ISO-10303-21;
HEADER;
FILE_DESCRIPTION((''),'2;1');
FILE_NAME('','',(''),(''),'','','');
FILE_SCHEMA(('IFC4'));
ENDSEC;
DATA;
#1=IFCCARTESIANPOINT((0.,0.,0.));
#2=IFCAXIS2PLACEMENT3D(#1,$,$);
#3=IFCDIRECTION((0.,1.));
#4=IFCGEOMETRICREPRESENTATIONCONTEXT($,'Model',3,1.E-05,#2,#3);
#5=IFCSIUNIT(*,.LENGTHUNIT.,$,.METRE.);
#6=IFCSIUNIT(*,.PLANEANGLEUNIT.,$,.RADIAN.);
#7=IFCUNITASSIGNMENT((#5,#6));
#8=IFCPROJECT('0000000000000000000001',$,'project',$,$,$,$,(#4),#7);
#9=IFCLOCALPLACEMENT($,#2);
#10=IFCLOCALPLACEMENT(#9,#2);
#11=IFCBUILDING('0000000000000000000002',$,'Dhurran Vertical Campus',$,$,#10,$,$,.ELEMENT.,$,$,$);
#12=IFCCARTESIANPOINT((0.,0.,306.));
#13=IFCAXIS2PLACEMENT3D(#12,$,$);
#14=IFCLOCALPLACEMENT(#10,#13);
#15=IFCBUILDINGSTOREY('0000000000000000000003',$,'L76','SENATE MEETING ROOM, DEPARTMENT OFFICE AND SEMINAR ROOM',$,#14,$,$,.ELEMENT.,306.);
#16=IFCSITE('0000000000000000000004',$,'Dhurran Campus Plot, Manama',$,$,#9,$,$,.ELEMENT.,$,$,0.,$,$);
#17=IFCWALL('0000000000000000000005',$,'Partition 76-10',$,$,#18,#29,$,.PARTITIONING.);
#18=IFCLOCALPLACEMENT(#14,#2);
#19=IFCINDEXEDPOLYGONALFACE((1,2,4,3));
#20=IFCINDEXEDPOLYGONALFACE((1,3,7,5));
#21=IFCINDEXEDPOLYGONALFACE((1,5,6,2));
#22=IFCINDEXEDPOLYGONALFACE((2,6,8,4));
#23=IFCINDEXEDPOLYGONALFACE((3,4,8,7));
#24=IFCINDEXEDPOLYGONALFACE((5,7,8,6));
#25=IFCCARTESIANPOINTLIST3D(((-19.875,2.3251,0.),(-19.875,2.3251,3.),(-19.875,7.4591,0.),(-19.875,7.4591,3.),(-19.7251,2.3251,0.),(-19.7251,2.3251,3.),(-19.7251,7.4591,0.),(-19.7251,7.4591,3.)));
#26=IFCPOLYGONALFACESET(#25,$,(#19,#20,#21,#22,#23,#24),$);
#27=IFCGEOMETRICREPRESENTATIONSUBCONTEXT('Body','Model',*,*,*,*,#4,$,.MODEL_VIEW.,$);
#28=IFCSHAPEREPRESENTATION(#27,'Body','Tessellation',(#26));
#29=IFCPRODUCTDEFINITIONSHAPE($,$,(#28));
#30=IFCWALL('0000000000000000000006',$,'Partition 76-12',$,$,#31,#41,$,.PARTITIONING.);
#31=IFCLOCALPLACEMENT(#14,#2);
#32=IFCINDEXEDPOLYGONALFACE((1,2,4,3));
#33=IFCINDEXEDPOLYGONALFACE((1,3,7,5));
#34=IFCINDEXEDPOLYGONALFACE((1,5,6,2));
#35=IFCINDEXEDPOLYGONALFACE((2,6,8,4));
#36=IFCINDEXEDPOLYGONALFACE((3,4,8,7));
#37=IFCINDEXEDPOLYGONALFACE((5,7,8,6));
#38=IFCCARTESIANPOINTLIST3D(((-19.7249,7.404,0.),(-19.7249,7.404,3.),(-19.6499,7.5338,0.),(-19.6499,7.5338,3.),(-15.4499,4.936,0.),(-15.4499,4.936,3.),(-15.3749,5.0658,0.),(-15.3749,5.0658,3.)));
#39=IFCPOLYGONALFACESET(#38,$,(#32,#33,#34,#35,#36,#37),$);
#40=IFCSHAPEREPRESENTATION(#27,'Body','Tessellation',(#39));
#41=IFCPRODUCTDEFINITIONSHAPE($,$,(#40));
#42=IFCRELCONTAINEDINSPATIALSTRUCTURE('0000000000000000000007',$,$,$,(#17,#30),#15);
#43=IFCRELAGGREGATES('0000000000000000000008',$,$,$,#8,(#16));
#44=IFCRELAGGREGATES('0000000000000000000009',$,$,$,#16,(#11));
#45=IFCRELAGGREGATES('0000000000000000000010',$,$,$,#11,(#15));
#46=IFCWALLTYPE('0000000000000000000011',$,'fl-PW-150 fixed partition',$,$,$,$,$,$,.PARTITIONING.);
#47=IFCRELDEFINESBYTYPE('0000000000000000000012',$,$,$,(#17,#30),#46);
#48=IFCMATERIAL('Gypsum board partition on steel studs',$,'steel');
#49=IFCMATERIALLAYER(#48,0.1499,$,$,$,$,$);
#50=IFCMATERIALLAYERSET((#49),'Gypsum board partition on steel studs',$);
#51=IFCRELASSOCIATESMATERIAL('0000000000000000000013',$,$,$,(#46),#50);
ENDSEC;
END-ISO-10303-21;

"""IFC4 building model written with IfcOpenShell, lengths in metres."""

from ifc_helpers import new_model, si_unit, direction, frame, frame_2d, origin, place, context, subcontext, project, spatial, rectangle, extrude, material, layer, layer_set, type_object, element, save


model = new_model("IFC4")

# Units and contexts
model_context = context("Model", 3, precision=1e-05, world=origin(), true_north=direction((0.0, 1.0)))
body_context = subcontext(model_context, "Body", "Model", "MODEL_VIEW")
ifc_project = project(units=[si_unit("LENGTHUNIT", "METRE"), si_unit("PLANEANGLEUNIT", "RADIAN")], contexts=[model_context])

# Site, building, storey
site_placement = place(None, origin())
site = spatial("IfcSite", under=ifc_project, at=site_placement, Name="Dhurran Campus Plot, Manama", CompositionType="ELEMENT", RefElevation=0.0)
building_placement = place(site_placement, origin())
building = spatial("IfcBuilding", under=site, at=building_placement, Name="Dhurran Vertical Campus", CompositionType="ELEMENT")
storey_placement = place(building_placement, frame((0.0, 0.0, 306.0)))
storey = spatial("IfcBuildingStorey", under=building, at=storey_placement, Name="L76", Description="SENATE MEETING ROOM, DEPARTMENT OFFICE AND SEMINAR ROOM", CompositionType="ELEMENT", Elevation=306.0)

# Walls
ifc_material_1 = material(Name="Gypsum board partition on steel studs", Category="steel")
ifc_layer_1 = layer(ifc_material_1, 0.1499)
ifc_layer_set_1 = layer_set([ifc_layer_1], Name="Gypsum board partition on steel studs")
wall_type_1 = type_object("IfcWallType", Name="fl-PW-150 fixed partition", PredefinedType="PARTITIONING", material=ifc_layer_set_1)
wall_1_placement = place(storey_placement, frame((-19.8, 7.459, 0.0), z_axis=(0.0, 0.0, 1.0), x_axis=(0.0, -1.0, 0.0)))
element("IfcWall", 1, at=wall_1_placement, inside=storey, type_object=wall_type_1, Name="Partition 76-10", PredefinedType="PARTITIONING", context=body_context, shape_type="SweptSolid", body=[
    extrude(rectangle(XDim=5.134, YDim=0.1499, at=frame_2d((2.5669, 0.0))), origin(), (0.0, 0.0, 1.0), 3.0),
])
wall_2_placement = place(storey_placement, frame((-19.6875, 7.469, 0.0), z_axis=(0.0, 0.0, 1.0), x_axis=(0.866034, -0.499985, 0.0)))
element("IfcWall", 2, at=wall_2_placement, inside=storey, type_object=wall_type_1, Name="Partition 76-12", PredefinedType="PARTITIONING", context=body_context, shape_type="SweptSolid", body=[
    extrude(rectangle(XDim=4.9363, YDim=0.1499, at=frame_2d((2.4683, 0.0))), origin(), (0.0, 0.0, 1.0), 3.0),
])

save(model, "model.ifc")
